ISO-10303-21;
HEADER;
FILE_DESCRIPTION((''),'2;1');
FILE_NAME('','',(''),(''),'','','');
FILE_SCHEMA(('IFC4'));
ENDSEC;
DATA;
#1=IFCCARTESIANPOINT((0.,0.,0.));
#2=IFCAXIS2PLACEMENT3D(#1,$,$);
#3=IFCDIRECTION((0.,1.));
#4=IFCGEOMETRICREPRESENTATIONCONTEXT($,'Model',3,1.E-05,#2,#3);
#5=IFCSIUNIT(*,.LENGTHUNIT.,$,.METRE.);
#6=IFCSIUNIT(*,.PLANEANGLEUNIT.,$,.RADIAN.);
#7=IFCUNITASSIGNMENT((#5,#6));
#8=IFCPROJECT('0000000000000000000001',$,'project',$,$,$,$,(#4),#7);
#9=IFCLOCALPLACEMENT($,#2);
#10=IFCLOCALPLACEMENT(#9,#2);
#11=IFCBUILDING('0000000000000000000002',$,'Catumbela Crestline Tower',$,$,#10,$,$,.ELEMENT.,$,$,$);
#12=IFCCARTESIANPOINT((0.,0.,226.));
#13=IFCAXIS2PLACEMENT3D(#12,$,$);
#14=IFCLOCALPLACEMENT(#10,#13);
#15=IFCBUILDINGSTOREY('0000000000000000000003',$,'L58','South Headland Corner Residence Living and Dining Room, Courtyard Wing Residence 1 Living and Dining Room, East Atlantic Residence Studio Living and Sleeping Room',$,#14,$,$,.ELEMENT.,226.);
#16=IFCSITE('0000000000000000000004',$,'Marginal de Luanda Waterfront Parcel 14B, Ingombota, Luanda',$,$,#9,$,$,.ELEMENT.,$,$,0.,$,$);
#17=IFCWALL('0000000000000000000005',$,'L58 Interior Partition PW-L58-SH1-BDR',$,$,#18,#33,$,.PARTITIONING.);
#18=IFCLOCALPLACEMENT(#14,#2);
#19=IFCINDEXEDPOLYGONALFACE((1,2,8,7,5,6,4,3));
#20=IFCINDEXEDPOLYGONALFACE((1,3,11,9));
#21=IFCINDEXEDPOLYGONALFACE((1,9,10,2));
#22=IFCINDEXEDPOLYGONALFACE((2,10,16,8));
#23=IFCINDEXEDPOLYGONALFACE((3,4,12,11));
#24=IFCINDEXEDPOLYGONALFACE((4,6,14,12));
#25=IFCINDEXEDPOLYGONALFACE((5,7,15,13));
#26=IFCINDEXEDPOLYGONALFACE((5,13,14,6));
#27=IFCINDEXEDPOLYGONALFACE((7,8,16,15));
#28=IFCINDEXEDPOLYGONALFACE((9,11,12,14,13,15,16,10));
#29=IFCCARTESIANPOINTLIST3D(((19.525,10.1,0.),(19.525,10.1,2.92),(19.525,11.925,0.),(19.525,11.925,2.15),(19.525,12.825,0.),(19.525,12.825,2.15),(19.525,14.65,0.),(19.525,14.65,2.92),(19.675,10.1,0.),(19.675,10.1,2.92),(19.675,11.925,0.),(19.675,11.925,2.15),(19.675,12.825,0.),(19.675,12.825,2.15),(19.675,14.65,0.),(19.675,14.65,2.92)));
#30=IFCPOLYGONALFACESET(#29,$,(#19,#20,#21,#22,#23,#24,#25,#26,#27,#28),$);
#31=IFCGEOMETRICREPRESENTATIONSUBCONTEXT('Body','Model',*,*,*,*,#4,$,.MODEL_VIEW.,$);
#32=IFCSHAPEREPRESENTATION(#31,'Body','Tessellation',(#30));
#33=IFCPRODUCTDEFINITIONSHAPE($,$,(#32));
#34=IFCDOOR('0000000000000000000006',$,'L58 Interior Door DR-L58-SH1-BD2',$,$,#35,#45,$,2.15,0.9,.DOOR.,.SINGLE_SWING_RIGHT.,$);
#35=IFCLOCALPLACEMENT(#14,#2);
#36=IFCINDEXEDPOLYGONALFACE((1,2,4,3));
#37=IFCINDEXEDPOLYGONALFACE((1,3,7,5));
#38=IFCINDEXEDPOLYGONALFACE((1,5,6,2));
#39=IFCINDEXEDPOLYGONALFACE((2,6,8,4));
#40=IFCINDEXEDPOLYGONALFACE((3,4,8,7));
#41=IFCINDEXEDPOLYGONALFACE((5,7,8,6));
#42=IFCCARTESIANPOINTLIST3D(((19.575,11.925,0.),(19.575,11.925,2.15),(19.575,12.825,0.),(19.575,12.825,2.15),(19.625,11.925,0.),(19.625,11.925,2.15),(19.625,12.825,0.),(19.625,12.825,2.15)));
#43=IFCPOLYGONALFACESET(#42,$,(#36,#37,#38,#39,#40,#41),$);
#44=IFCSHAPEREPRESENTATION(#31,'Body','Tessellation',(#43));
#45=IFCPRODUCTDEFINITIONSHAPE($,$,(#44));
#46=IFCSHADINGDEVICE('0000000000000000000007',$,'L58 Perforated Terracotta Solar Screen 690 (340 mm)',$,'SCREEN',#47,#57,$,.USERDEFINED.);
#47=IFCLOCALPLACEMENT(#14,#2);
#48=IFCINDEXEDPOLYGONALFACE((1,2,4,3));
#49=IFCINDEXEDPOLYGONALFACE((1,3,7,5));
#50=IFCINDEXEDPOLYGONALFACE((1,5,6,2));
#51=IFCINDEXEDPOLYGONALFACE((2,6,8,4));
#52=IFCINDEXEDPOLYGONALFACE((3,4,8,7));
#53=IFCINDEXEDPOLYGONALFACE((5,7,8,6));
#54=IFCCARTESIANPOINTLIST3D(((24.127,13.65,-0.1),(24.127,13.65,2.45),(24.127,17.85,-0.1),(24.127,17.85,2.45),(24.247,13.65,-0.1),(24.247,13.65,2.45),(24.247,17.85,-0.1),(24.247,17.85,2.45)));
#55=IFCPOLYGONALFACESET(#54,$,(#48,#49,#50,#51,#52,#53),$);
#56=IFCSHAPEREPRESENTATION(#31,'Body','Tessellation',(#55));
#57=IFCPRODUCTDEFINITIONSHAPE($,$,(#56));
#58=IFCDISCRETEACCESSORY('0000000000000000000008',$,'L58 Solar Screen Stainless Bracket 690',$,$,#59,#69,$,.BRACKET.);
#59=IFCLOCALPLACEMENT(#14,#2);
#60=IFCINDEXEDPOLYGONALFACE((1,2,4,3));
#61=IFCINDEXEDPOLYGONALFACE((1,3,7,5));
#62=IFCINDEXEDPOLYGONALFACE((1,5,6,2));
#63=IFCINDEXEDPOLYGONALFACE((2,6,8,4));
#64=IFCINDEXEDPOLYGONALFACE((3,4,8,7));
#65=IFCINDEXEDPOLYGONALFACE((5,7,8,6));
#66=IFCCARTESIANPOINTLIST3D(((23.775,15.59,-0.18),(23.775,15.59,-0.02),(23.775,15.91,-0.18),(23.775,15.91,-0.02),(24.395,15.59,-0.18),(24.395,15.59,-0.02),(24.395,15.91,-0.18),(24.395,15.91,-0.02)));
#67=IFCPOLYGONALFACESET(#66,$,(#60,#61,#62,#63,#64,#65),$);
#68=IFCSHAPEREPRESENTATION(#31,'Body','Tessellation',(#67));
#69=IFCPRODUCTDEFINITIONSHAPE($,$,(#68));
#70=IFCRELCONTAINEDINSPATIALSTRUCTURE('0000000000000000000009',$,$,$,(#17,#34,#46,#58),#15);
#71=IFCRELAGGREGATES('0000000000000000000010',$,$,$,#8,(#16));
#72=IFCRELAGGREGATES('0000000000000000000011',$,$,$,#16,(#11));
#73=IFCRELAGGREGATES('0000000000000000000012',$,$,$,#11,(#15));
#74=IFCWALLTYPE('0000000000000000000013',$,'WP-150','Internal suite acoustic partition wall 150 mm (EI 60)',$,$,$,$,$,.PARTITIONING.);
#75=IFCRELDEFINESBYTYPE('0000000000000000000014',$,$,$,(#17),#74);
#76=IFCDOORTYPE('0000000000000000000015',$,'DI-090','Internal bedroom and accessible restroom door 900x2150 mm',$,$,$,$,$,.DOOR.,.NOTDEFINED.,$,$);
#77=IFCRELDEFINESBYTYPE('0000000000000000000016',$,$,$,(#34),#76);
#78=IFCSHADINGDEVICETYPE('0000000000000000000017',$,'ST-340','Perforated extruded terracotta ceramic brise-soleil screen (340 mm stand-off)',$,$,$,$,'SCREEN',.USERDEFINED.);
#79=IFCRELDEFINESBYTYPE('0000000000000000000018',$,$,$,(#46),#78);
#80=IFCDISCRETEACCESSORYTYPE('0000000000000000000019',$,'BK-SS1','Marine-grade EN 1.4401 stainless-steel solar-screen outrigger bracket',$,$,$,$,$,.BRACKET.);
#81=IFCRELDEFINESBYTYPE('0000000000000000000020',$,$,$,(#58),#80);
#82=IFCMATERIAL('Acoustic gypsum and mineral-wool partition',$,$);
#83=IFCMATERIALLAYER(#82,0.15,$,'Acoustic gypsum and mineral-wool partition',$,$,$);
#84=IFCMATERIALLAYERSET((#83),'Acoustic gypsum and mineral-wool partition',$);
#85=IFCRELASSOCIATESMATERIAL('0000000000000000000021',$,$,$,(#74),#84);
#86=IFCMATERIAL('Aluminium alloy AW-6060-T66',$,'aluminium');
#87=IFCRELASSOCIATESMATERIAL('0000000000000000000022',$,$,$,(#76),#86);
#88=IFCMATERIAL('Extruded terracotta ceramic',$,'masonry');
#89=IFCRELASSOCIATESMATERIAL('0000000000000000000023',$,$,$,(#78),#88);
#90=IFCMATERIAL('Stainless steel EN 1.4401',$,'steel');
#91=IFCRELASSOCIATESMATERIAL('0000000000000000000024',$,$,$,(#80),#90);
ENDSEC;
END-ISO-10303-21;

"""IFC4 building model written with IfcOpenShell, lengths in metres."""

from ifc_helpers import new_model, si_unit, direction, frame, frame_2d, origin, origin_2d, place, context, subcontext, project, spatial, rectangle, extrude, material, layer, layer_set, type_object, element, fill, save


model = new_model("IFC4")

# Units and contexts
model_context = context("Model", 3, precision=1e-05, world=origin(), true_north=direction((0.0, 1.0)))
body_context = subcontext(model_context, "Body", "Model", "MODEL_VIEW")
ifc_project = project(units=[si_unit("LENGTHUNIT", "METRE"), si_unit("PLANEANGLEUNIT", "RADIAN")], contexts=[model_context])

# Site, building, storey
site_placement = place(None, origin())
site = spatial("IfcSite", under=ifc_project, at=site_placement, Name="Marginal de Luanda Waterfront Parcel 14B, Ingombota, Luanda", CompositionType="ELEMENT", RefElevation=0.0)
building_placement = place(site_placement, origin())
building = spatial("IfcBuilding", under=site, at=building_placement, Name="Catumbela Crestline Tower", CompositionType="ELEMENT")
storey_placement = place(building_placement, frame((0.0, 0.0, 226.0)))
storey = spatial("IfcBuildingStorey", under=building, at=storey_placement, Name="L58", Description="South Headland Corner Residence Living and Dining Room, Courtyard Wing Residence 1 Living and Dining Room, East Atlantic Residence Studio Living and Sleeping Room", CompositionType="ELEMENT", Elevation=226.0)

# Shared definitions
ifc_material_1 = material(Name="Aluminium alloy AW-6060-T66", Category="aluminium")

# Shared definitions
ifc_material_2 = material(Name="Acoustic gypsum and mineral-wool partition")
ifc_layer_1 = layer(ifc_material_2, 0.15, Name="Acoustic gypsum and mineral-wool partition")
ifc_layer_set_1 = layer_set([ifc_layer_1], Name="Acoustic gypsum and mineral-wool partition")
wall_type_1 = type_object("IfcWallType", Name="WP-150", Description="Internal suite acoustic partition wall 150 mm (EI 60)", PredefinedType="PARTITIONING", material=ifc_layer_set_1)

# Wall, opening, door
wall_1_placement = place(storey_placement, frame((19.6, 10.1, 0.0), z_axis=(0.0, 0.0, 1.0), x_axis=(0.0, 1.0, 0.0)))
wall_1 = element("IfcWall", 1, at=wall_1_placement, inside=storey, type_object=wall_type_1, Name="L58 Interior Partition PW-L58-SH1-BDR", PredefinedType="PARTITIONING", context=body_context, shape_type="SweptSolid", body=[
    extrude(rectangle(XDim=4.55, YDim=0.15, at=frame_2d((2.275, 0.0))), origin(), (0.0, 0.0, 1.0), 2.92),
])
opening_1_placement = place(wall_1_placement, frame((1.825, 0.0, 0.0)))
opening_1 = element("IfcOpeningElement", 2, at=opening_1_placement, cuts=wall_1, PredefinedType="OPENING", context=body_context, shape_type="SweptSolid", body=[
    extrude(rectangle(XDim=0.9, YDim=2.15, at=frame_2d((0.45, 1.075))), frame((0.0, 0.085, 0.0), z_axis=(0.0, -1.0, 0.0), x_axis=(1.0, 0.0, 0.0)), (0.0, 0.0, 1.0), 0.17),
])
door_type = type_object("IfcDoorType", Name="DI-090", Description="Internal bedroom and accessible restroom door 900x2150 mm", OperationType="NOTDEFINED", PredefinedType="DOOR", material=ifc_material_1)
door_placement = place(opening_1_placement, origin())
door = element("IfcDoor", 3, at=door_placement, inside=storey, type_object=door_type, Name="L58 Interior Door DR-L58-SH1-BD2", OperationType="SINGLE_SWING_RIGHT", OverallHeight=2.15, OverallWidth=0.9, PredefinedType="DOOR", context=body_context, shape_type="SweptSolid", body=[
    extrude(rectangle(XDim=0.9, YDim=2.15, at=frame_2d((0.45, 1.075))), frame((0.0, 0.025, 0.0), z_axis=(0.0, -1.0, 0.0), x_axis=(1.0, 0.0, 0.0)), (0.0, 0.0, 1.0), 0.05),
])
fill(opening_1, door)

# Shading device
ifc_material_3 = material(Name="Extruded terracotta ceramic", Category="masonry")
shading_device_type = type_object("IfcShadingDeviceType", Name="ST-340", Description="Perforated extruded terracotta ceramic brise-soleil screen (340 mm stand-off)", ElementType="SCREEN", PredefinedType="USERDEFINED", material=ifc_material_3)
shading_device_placement = place(storey_placement, frame((24.187, 15.75, -0.1), z_axis=(0.0, 0.0, 1.0), x_axis=(0.0, 1.0, 0.0)))
element("IfcShadingDevice", 4, at=shading_device_placement, inside=storey, type_object=shading_device_type, Name="L58 Perforated Terracotta Solar Screen 690 (340 mm)", ObjectType="SCREEN", PredefinedType="USERDEFINED", context=body_context, shape_type="SweptSolid", body=[
    extrude(rectangle(XDim=4.2, YDim=0.12, at=origin_2d()), origin(), (0.0, 0.0, 1.0), 2.55),
])

# Discrete accessory
ifc_material_4 = material(Name="Stainless steel EN 1.4401", Category="steel")
discrete_accessory_type = type_object("IfcDiscreteAccessoryType", Name="BK-SS1", Description="Marine-grade EN 1.4401 stainless-steel solar-screen outrigger bracket", PredefinedType="BRACKET", material=ifc_material_4)
discrete_accessory_placement = place(storey_placement, frame((24.085, 15.75, -0.18), z_axis=(0.0, 0.0, 1.0), x_axis=(0.0, 1.0, 0.0)))
element("IfcDiscreteAccessory", 5, at=discrete_accessory_placement, inside=storey, type_object=discrete_accessory_type, Name="L58 Solar Screen Stainless Bracket 690", PredefinedType="BRACKET", context=body_context, shape_type="SweptSolid", body=[
    extrude(rectangle(XDim=0.32, YDim=0.62, at=origin_2d()), origin(), (0.0, 0.0, 1.0), 0.16),
])

save(model, "model.ifc")
